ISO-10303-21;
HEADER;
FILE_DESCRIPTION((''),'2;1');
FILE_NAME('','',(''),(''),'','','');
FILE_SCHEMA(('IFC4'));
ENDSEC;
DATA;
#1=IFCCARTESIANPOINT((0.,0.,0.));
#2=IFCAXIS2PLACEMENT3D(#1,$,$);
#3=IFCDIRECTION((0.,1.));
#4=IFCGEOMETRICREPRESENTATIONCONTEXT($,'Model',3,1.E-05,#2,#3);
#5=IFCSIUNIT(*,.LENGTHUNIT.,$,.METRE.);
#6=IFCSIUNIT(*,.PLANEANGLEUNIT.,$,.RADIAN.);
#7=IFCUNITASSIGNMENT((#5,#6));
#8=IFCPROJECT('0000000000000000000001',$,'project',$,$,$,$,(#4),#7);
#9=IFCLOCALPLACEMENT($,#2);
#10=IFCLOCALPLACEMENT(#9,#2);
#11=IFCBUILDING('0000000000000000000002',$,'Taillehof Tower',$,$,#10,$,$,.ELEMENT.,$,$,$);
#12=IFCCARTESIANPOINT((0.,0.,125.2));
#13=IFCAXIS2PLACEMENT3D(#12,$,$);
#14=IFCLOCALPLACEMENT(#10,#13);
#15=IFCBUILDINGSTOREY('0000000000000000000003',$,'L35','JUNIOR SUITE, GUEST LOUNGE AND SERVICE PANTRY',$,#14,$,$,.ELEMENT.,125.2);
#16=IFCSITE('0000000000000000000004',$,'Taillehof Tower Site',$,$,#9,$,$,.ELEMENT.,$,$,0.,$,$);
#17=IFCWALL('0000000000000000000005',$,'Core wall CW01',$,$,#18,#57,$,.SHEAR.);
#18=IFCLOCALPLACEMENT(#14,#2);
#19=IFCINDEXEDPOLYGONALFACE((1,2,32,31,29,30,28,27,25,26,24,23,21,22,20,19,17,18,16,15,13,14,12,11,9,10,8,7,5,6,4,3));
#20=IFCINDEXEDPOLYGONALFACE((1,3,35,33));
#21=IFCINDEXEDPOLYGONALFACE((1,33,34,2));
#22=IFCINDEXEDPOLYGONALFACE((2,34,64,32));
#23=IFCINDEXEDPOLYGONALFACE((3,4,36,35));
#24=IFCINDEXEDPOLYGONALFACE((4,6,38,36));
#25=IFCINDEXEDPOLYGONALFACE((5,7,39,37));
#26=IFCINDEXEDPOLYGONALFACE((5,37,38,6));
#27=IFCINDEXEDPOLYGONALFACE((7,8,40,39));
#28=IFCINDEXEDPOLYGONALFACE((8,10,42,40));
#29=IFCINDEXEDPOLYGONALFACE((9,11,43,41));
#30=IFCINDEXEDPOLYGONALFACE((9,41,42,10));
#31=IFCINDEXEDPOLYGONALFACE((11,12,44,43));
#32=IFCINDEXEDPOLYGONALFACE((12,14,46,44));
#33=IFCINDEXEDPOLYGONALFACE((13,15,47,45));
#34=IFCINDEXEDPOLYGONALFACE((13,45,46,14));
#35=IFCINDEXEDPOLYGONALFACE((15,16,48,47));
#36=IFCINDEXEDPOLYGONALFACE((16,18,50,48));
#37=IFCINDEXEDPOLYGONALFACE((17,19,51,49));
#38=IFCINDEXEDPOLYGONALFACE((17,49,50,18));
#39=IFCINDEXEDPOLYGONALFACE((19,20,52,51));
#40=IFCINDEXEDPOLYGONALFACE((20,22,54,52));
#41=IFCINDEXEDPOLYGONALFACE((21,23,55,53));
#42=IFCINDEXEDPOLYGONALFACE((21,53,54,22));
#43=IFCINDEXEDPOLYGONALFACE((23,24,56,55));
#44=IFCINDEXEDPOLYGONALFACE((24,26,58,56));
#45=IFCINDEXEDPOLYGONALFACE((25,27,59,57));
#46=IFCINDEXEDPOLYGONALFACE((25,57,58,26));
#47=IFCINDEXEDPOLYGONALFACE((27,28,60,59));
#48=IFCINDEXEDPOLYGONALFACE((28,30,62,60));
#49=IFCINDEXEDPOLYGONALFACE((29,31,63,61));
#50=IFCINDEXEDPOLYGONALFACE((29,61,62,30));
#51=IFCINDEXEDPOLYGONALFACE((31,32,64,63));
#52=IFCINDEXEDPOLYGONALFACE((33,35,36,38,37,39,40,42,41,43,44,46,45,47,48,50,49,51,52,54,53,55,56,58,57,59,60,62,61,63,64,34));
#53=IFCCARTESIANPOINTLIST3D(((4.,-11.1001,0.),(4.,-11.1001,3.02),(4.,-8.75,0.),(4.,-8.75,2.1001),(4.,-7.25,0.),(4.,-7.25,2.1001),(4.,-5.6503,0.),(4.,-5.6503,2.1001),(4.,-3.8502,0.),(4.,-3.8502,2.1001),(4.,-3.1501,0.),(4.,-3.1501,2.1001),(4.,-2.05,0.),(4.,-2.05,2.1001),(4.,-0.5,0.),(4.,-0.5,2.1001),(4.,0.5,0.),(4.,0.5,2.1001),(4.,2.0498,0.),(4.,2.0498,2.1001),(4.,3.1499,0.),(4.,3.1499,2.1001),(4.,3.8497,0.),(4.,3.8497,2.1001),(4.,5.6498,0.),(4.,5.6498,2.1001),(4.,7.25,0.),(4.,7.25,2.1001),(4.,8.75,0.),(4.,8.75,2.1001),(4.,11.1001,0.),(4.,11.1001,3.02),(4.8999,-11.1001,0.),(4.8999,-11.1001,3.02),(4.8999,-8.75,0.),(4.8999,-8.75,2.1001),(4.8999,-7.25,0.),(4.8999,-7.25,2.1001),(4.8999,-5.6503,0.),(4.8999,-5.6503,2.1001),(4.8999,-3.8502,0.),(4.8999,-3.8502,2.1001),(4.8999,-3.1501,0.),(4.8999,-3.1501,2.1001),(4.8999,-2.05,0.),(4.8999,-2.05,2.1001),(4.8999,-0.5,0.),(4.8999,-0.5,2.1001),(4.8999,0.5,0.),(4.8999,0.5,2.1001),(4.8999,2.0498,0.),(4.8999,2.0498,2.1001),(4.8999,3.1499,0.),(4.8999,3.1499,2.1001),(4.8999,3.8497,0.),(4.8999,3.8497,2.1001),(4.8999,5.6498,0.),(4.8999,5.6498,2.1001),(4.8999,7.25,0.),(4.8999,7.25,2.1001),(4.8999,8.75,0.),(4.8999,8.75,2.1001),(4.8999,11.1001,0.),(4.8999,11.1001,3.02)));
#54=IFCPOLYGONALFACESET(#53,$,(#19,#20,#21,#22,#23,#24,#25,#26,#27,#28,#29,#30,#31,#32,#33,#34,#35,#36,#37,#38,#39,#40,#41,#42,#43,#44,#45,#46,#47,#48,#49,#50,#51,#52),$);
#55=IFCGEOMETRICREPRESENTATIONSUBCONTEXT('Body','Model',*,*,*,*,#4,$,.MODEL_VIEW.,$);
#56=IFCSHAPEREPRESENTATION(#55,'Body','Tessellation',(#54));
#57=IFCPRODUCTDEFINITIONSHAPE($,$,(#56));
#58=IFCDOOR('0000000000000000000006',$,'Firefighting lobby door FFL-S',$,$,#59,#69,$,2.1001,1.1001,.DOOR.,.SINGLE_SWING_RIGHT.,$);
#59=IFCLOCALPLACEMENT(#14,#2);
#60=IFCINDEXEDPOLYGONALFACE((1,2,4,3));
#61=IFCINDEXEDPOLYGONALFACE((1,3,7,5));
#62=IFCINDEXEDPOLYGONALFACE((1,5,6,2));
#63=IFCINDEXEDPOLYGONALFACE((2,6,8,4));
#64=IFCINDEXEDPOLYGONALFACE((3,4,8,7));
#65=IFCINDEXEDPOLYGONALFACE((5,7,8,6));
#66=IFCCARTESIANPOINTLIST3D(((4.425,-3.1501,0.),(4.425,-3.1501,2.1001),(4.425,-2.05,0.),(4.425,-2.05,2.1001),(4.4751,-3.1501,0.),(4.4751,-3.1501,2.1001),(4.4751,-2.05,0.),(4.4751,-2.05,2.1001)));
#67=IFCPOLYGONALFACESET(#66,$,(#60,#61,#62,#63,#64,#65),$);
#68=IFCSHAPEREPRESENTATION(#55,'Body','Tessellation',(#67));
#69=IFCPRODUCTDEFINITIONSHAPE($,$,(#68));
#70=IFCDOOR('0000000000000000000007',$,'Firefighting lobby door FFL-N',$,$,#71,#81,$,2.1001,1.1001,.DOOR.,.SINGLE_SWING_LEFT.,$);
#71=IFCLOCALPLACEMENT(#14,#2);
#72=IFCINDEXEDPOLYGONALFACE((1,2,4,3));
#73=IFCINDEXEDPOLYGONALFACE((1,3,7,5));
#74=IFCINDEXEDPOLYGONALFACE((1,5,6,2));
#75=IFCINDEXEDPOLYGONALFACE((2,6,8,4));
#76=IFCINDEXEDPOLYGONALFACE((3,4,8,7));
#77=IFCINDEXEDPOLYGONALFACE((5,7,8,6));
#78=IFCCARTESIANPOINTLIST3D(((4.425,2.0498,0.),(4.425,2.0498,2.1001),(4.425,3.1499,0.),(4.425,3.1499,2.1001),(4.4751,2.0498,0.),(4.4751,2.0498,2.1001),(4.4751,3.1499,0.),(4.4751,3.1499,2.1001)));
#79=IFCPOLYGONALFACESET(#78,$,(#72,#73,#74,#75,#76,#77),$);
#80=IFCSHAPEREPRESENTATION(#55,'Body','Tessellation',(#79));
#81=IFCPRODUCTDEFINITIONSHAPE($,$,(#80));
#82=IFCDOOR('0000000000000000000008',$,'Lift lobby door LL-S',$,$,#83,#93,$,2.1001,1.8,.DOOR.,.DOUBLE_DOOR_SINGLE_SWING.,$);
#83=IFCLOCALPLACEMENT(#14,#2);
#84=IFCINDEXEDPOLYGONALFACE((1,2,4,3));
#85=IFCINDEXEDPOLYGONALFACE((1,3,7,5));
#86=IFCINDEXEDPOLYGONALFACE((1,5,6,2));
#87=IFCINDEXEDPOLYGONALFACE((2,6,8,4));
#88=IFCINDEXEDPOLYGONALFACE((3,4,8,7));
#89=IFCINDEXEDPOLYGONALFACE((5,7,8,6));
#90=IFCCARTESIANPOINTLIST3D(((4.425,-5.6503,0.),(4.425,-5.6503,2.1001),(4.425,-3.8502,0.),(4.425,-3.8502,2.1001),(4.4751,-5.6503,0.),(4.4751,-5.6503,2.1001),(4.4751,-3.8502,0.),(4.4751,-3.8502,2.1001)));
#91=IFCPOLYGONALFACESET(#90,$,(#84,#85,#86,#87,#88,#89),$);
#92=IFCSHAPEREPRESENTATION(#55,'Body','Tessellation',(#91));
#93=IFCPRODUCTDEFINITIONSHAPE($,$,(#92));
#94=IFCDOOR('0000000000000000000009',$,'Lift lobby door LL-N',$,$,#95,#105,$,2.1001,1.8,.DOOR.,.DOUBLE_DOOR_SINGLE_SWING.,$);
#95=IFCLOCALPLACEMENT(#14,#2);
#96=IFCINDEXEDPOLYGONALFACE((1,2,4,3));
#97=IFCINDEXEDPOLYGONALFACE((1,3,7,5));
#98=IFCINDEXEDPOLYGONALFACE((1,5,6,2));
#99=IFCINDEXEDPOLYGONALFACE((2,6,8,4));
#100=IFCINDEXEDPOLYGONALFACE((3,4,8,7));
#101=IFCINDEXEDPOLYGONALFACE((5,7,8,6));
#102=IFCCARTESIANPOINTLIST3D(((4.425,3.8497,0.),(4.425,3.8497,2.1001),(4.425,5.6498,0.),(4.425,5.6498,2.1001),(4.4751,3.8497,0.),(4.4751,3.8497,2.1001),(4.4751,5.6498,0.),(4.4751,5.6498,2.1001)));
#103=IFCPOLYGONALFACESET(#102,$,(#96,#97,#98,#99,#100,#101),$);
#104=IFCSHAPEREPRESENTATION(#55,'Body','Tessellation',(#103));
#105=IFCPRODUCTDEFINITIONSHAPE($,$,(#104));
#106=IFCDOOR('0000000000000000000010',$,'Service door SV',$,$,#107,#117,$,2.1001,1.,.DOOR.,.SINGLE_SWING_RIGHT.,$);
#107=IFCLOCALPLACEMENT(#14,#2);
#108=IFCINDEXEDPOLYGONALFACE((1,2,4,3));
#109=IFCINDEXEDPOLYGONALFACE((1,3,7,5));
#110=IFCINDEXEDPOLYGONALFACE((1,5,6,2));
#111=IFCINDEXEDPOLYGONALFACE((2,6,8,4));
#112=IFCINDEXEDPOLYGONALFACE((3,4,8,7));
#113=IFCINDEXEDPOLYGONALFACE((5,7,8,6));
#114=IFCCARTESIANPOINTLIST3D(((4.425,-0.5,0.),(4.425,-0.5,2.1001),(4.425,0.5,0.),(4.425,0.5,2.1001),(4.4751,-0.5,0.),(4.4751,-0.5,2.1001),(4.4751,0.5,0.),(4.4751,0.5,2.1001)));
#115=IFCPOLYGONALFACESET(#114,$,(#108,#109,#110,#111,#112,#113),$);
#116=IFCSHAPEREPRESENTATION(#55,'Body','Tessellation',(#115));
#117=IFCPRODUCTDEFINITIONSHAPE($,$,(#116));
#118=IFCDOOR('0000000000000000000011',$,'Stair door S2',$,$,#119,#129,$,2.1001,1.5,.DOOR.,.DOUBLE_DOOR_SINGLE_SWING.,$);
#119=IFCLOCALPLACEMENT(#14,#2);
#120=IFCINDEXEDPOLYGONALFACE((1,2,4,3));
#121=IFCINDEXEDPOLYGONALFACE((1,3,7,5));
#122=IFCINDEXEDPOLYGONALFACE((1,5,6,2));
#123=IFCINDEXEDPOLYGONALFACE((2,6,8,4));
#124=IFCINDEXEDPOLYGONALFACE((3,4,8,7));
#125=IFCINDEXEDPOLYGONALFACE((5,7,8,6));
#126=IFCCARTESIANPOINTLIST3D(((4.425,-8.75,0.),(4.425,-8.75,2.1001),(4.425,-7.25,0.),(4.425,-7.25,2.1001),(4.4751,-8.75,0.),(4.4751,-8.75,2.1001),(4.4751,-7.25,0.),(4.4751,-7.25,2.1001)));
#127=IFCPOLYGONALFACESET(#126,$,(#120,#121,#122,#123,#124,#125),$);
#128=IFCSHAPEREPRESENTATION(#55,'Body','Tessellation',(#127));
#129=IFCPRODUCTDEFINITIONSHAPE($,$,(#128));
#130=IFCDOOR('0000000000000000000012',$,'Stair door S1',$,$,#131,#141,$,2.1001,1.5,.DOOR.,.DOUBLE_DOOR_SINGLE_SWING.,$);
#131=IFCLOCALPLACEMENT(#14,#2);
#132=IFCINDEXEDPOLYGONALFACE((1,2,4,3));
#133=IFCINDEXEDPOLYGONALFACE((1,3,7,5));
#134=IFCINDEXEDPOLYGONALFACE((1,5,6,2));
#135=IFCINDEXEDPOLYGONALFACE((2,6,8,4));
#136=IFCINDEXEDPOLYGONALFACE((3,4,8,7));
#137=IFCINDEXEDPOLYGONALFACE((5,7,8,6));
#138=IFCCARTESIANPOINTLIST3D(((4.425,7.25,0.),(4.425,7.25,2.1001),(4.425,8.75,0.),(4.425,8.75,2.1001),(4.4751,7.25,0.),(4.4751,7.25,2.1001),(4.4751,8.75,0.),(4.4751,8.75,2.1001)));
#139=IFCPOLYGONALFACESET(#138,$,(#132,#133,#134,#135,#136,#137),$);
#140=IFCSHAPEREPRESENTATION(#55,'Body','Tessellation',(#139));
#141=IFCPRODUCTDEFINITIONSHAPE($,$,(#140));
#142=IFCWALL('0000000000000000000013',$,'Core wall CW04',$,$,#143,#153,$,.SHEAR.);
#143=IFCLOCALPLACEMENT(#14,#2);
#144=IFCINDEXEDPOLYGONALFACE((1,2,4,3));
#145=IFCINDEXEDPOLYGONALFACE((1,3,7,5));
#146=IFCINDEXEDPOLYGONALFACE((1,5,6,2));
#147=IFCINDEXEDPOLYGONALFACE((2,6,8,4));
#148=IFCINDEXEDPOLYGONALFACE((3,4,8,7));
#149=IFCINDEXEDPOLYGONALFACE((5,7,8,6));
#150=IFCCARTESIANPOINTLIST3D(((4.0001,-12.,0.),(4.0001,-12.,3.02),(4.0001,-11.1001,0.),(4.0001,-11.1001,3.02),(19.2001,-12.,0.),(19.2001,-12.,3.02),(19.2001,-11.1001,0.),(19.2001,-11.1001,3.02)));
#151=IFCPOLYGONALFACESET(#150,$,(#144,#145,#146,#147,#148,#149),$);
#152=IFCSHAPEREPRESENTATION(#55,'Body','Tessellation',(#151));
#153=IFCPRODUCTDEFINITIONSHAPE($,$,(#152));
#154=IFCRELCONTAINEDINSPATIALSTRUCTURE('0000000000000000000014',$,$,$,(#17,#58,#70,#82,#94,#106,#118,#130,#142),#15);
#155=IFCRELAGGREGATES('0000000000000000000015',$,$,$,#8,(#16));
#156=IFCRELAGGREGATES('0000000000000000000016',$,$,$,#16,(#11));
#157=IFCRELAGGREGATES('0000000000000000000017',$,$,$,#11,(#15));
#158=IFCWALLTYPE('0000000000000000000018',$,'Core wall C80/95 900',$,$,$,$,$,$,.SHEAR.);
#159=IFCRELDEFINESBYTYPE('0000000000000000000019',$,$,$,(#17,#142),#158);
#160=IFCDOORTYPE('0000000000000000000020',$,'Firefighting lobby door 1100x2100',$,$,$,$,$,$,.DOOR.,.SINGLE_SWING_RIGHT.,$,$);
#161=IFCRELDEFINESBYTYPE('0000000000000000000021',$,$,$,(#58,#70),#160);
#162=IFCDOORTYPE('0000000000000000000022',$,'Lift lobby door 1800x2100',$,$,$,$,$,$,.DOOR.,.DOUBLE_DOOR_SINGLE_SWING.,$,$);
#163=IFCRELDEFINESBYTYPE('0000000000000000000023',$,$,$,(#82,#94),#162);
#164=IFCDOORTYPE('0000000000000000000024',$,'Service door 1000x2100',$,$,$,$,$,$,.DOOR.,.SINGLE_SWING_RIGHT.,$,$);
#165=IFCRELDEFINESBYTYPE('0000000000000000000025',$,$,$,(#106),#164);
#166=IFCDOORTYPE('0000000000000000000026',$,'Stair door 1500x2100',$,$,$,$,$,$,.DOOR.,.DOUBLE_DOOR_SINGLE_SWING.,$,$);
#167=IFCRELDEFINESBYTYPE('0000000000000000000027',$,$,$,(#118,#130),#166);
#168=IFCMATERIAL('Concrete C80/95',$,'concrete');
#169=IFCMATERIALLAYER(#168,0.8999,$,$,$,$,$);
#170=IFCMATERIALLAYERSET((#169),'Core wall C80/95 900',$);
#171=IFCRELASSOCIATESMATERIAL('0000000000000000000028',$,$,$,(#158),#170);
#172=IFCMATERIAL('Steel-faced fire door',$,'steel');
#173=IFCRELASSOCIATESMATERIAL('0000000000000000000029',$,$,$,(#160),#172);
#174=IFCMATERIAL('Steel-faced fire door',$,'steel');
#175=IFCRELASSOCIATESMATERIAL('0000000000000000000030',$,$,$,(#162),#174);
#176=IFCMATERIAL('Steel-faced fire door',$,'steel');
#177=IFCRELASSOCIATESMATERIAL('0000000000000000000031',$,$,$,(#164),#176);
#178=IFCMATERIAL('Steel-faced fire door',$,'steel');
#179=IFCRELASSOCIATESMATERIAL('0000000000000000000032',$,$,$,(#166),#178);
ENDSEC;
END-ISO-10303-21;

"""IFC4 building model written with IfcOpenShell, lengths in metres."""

from ifc_helpers import new_model, si_unit, direction, frame, frame_2d, origin, place, context, subcontext, project, spatial, rectangle, extrude, material, layer, layer_set, type_object, element, fill, save


model = new_model("IFC4")

# Units and contexts
model_context = context("Model", 3, precision=1e-05, world=origin(), true_north=direction((0.0, 1.0)))
body_context = subcontext(model_context, "Body", "Model", "MODEL_VIEW")
ifc_project = project(units=[si_unit("LENGTHUNIT", "METRE"), si_unit("PLANEANGLEUNIT", "RADIAN")], contexts=[model_context])

# Site, building, storey
site_placement = place(None, origin())
site = spatial("IfcSite", under=ifc_project, at=site_placement, Name="Taillehof Tower Site", CompositionType="ELEMENT", RefElevation=0.0)
building_placement = place(site_placement, origin())
building = spatial("IfcBuilding", under=site, at=building_placement, Name="Taillehof Tower", CompositionType="ELEMENT")
storey_placement = place(building_placement, frame((0.0, 0.0, 125.2)))
storey = spatial("IfcBuildingStorey", under=building, at=storey_placement, Name="L35", Description="JUNIOR SUITE, GUEST LOUNGE AND SERVICE PANTRY", CompositionType="ELEMENT", Elevation=125.2)

# Wall, openings, doors
ifc_material_1 = material(Name="Concrete C80/95", Category="concrete")
ifc_layer_1 = layer(ifc_material_1, 0.8999)
ifc_layer_set_1 = layer_set([ifc_layer_1], Name="Core wall C80/95 900")
wall_type_1 = type_object("IfcWallType", Name="Core wall C80/95 900", PredefinedType="SHEAR", material=ifc_layer_set_1)
wall_1_placement = place(storey_placement, frame((4.45, -11.1001, 0.0), z_axis=(0.0, 0.0, 1.0), x_axis=(0.0, 1.0, 0.0)))
wall_1 = element("IfcWall", 1, at=wall_1_placement, inside=storey, type_object=wall_type_1, Name="Core wall CW01", PredefinedType="SHEAR", context=body_context, shape_type="SweptSolid", body=[
    extrude(rectangle(XDim=22.2002, YDim=0.8999, at=frame_2d((11.1001, 0.0))), origin(), (0.0, 0.0, 1.0), 3.02),
])
opening_1_placement = place(wall_1_placement, frame((2.3501, 0.0, 0.0)))
opening_1 = element("IfcOpeningElement", 2, at=opening_1_placement, cuts=wall_1, PredefinedType="OPENING", context=body_context, shape_type="SweptSolid", body=[
    extrude(rectangle(XDim=1.5, YDim=2.1001, at=frame_2d((0.75, 1.05))), frame((0.0, 0.46, 0.0), z_axis=(0.0, -1.0, 0.0), x_axis=(1.0, 0.0, 0.0)), (0.0, 0.0, 1.0), 0.9199),
])
opening_2_placement = place(wall_1_placement, frame((5.45, 0.0, 0.0)))
opening_2 = element("IfcOpeningElement", 3, at=opening_2_placement, cuts=wall_1, PredefinedType="OPENING", context=body_context, shape_type="SweptSolid", body=[
    extrude(rectangle(XDim=1.8, YDim=2.1001, at=frame_2d((0.8999, 1.05))), frame((0.0, 0.46, 0.0), z_axis=(0.0, -1.0, 0.0), x_axis=(1.0, 0.0, 0.0)), (0.0, 0.0, 1.0), 0.9199),
])
opening_3_placement = place(wall_1_placement, frame((7.95, 0.0, 0.0)))
opening_3 = element("IfcOpeningElement", 4, at=opening_3_placement, cuts=wall_1, PredefinedType="OPENING", context=body_context, shape_type="SweptSolid", body=[
    extrude(rectangle(XDim=1.1001, YDim=2.1001, at=frame_2d((0.55, 1.05))), frame((0.0, 0.46, 0.0), z_axis=(0.0, -1.0, 0.0), x_axis=(1.0, 0.0, 0.0)), (0.0, 0.0, 1.0), 0.9199),
])
opening_4_placement = place(wall_1_placement, frame((10.6001, 0.0, 0.0)))
opening_4 = element("IfcOpeningElement", 5, at=opening_4_placement, cuts=wall_1, PredefinedType="OPENING", context=body_context, shape_type="SweptSolid", body=[
    extrude(rectangle(XDim=1.0, YDim=2.1001, at=frame_2d((0.5, 1.05))), frame((0.0, 0.46, 0.0), z_axis=(0.0, -1.0, 0.0), x_axis=(1.0, 0.0, 0.0)), (0.0, 0.0, 1.0), 0.9199),
])
opening_5_placement = place(wall_1_placement, frame((13.1499, 0.0, 0.0)))
opening_5 = element("IfcOpeningElement", 6, at=opening_5_placement, cuts=wall_1, PredefinedType="OPENING", context=body_context, shape_type="SweptSolid", body=[
    extrude(rectangle(XDim=1.1001, YDim=2.1001, at=frame_2d((0.55, 1.05))), frame((0.0, 0.46, 0.0), z_axis=(0.0, -1.0, 0.0), x_axis=(1.0, 0.0, 0.0)), (0.0, 0.0, 1.0), 0.9199),
])
opening_6_placement = place(wall_1_placement, frame((14.95, 0.0, 0.0)))
opening_6 = element("IfcOpeningElement", 7, at=opening_6_placement, cuts=wall_1, PredefinedType="OPENING", context=body_context, shape_type="SweptSolid", body=[
    extrude(rectangle(XDim=1.8, YDim=2.1001, at=frame_2d((0.8999, 1.05))), frame((0.0, 0.46, 0.0), z_axis=(0.0, -1.0, 0.0), x_axis=(1.0, 0.0, 0.0)), (0.0, 0.0, 1.0), 0.9199),
])
opening_7_placement = place(wall_1_placement, frame((18.3501, 0.0, 0.0)))
opening_7 = element("IfcOpeningElement", 8, at=opening_7_placement, cuts=wall_1, PredefinedType="OPENING", context=body_context, shape_type="SweptSolid", body=[
    extrude(rectangle(XDim=1.5, YDim=2.1001, at=frame_2d((0.75, 1.05))), frame((0.0, 0.46, 0.0), z_axis=(0.0, -1.0, 0.0), x_axis=(1.0, 0.0, 0.0)), (0.0, 0.0, 1.0), 0.9199),
])
ifc_material_2 = material(Name="Steel-faced fire door", Category="steel")
door_type_1 = type_object("IfcDoorType", Name="Firefighting lobby door 1100x2100", OperationType="SINGLE_SWING_RIGHT", PredefinedType="DOOR", material=ifc_material_2)
door_1_placement = place(opening_3_placement, origin())
door_1 = element("IfcDoor", 9, at=door_1_placement, inside=storey, type_object=door_type_1, Name="Firefighting lobby door FFL-S", OperationType="SINGLE_SWING_RIGHT", OverallHeight=2.1001, OverallWidth=1.1001, PredefinedType="DOOR", context=body_context, shape_type="SweptSolid", body=[
    extrude(rectangle(XDim=1.1001, YDim=2.1001, at=frame_2d((0.55, 1.05))), frame((0.0, 0.0249, 0.0), z_axis=(0.0, -1.0, 0.0), x_axis=(1.0, 0.0, 0.0)), (0.0, 0.0, 1.0), 0.05),
])
fill(opening_3, door_1)
door_2_placement = place(opening_5_placement, origin())
door_2 = element("IfcDoor", 10, at=door_2_placement, inside=storey, type_object=door_type_1, Name="Firefighting lobby door FFL-N", OperationType="SINGLE_SWING_LEFT", OverallHeight=2.1001, OverallWidth=1.1001, PredefinedType="DOOR", context=body_context, shape_type="SweptSolid", body=[
    extrude(rectangle(XDim=1.1001, YDim=2.1001, at=frame_2d((0.55, 1.05))), frame((0.0, 0.0249, 0.0), z_axis=(0.0, -1.0, 0.0), x_axis=(1.0, 0.0, 0.0)), (0.0, 0.0, 1.0), 0.05),
])
fill(opening_5, door_2)
ifc_material_3 = material(Name="Steel-faced fire door", Category="steel")
door_type_2 = type_object("IfcDoorType", Name="Lift lobby door 1800x2100", OperationType="DOUBLE_DOOR_SINGLE_SWING", PredefinedType="DOOR", material=ifc_material_3)
door_3_placement = place(opening_2_placement, origin())
door_3 = element("IfcDoor", 11, at=door_3_placement, inside=storey, type_object=door_type_2, Name="Lift lobby door LL-S", OperationType="DOUBLE_DOOR_SINGLE_SWING", OverallHeight=2.1001, OverallWidth=1.8, PredefinedType="DOOR", context=body_context, shape_type="SweptSolid", body=[
    extrude(rectangle(XDim=1.8, YDim=2.1001, at=frame_2d((0.8999, 1.05))), frame((0.0, 0.0249, 0.0), z_axis=(0.0, -1.0, 0.0), x_axis=(1.0, 0.0, 0.0)), (0.0, 0.0, 1.0), 0.05),
])
fill(opening_2, door_3)
door_4_placement = place(opening_6_placement, origin())
door_4 = element("IfcDoor", 12, at=door_4_placement, inside=storey, type_object=door_type_2, Name="Lift lobby door LL-N", OperationType="DOUBLE_DOOR_SINGLE_SWING", OverallHeight=2.1001, OverallWidth=1.8, PredefinedType="DOOR", context=body_context, shape_type="SweptSolid", body=[
    extrude(rectangle(XDim=1.8, YDim=2.1001, at=frame_2d((0.8999, 1.05))), frame((0.0, 0.0249, 0.0), z_axis=(0.0, -1.0, 0.0), x_axis=(1.0, 0.0, 0.0)), (0.0, 0.0, 1.0), 0.05),
])
fill(opening_6, door_4)
ifc_material_4 = material(Name="Steel-faced fire door", Category="steel")
door_type_3 = type_object("IfcDoorType", Name="Service door 1000x2100", OperationType="SINGLE_SWING_RIGHT", PredefinedType="DOOR", material=ifc_material_4)
door_5_placement = place(opening_4_placement, origin())
door_5 = element("IfcDoor", 13, at=door_5_placement, inside=storey, type_object=door_type_3, Name="Service door SV", OperationType="SINGLE_SWING_RIGHT", OverallHeight=2.1001, OverallWidth=1.0, PredefinedType="DOOR", context=body_context, shape_type="SweptSolid", body=[
    extrude(rectangle(XDim=1.0, YDim=2.1001, at=frame_2d((0.5, 1.05))), frame((0.0, 0.0249, 0.0), z_axis=(0.0, -1.0, 0.0), x_axis=(1.0, 0.0, 0.0)), (0.0, 0.0, 1.0), 0.05),
])
fill(opening_4, door_5)
ifc_material_5 = material(Name="Steel-faced fire door", Category="steel")
door_type_4 = type_object("IfcDoorType", Name="Stair door 1500x2100", OperationType="DOUBLE_DOOR_SINGLE_SWING", PredefinedType="DOOR", material=ifc_material_5)
door_6_placement = place(opening_1_placement, origin())
door_6 = element("IfcDoor", 14, at=door_6_placement, inside=storey, type_object=door_type_4, Name="Stair door S2", OperationType="DOUBLE_DOOR_SINGLE_SWING", OverallHeight=2.1001, OverallWidth=1.5, PredefinedType="DOOR", context=body_context, shape_type="SweptSolid", body=[
    extrude(rectangle(XDim=1.5, YDim=2.1001, at=frame_2d((0.75, 1.05))), frame((0.0, 0.0249, 0.0), z_axis=(0.0, -1.0, 0.0), x_axis=(1.0, 0.0, 0.0)), (0.0, 0.0, 1.0), 0.05),
])
fill(opening_1, door_6)
door_7_placement = place(opening_7_placement, origin())
door_7 = element("IfcDoor", 15, at=door_7_placement, inside=storey, type_object=door_type_4, Name="Stair door S1", OperationType="DOUBLE_DOOR_SINGLE_SWING", OverallHeight=2.1001, OverallWidth=1.5, PredefinedType="DOOR", context=body_context, shape_type="SweptSolid", body=[
    extrude(rectangle(XDim=1.5, YDim=2.1001, at=frame_2d((0.75, 1.05))), frame((0.0, 0.0249, 0.0), z_axis=(0.0, -1.0, 0.0), x_axis=(1.0, 0.0, 0.0)), (0.0, 0.0, 1.0), 0.05),
])
fill(opening_7, door_7)

# Wall
wall_2_placement = place(storey_placement, frame((4.0, -11.55, 0.0), z_axis=(0.0, 0.0, 1.0), x_axis=(1.0, 0.0, 0.0)))
element("IfcWall", 16, at=wall_2_placement, inside=storey, type_object=wall_type_1, Name="Core wall CW04", PredefinedType="SHEAR", context=body_context, shape_type="SweptSolid", body=[
    extrude(rectangle(XDim=15.2, YDim=0.8999, at=frame_2d((7.6001, 0.0))), origin(), (0.0, 0.0, 1.0), 3.02),
])

save(model, "model.ifc")
